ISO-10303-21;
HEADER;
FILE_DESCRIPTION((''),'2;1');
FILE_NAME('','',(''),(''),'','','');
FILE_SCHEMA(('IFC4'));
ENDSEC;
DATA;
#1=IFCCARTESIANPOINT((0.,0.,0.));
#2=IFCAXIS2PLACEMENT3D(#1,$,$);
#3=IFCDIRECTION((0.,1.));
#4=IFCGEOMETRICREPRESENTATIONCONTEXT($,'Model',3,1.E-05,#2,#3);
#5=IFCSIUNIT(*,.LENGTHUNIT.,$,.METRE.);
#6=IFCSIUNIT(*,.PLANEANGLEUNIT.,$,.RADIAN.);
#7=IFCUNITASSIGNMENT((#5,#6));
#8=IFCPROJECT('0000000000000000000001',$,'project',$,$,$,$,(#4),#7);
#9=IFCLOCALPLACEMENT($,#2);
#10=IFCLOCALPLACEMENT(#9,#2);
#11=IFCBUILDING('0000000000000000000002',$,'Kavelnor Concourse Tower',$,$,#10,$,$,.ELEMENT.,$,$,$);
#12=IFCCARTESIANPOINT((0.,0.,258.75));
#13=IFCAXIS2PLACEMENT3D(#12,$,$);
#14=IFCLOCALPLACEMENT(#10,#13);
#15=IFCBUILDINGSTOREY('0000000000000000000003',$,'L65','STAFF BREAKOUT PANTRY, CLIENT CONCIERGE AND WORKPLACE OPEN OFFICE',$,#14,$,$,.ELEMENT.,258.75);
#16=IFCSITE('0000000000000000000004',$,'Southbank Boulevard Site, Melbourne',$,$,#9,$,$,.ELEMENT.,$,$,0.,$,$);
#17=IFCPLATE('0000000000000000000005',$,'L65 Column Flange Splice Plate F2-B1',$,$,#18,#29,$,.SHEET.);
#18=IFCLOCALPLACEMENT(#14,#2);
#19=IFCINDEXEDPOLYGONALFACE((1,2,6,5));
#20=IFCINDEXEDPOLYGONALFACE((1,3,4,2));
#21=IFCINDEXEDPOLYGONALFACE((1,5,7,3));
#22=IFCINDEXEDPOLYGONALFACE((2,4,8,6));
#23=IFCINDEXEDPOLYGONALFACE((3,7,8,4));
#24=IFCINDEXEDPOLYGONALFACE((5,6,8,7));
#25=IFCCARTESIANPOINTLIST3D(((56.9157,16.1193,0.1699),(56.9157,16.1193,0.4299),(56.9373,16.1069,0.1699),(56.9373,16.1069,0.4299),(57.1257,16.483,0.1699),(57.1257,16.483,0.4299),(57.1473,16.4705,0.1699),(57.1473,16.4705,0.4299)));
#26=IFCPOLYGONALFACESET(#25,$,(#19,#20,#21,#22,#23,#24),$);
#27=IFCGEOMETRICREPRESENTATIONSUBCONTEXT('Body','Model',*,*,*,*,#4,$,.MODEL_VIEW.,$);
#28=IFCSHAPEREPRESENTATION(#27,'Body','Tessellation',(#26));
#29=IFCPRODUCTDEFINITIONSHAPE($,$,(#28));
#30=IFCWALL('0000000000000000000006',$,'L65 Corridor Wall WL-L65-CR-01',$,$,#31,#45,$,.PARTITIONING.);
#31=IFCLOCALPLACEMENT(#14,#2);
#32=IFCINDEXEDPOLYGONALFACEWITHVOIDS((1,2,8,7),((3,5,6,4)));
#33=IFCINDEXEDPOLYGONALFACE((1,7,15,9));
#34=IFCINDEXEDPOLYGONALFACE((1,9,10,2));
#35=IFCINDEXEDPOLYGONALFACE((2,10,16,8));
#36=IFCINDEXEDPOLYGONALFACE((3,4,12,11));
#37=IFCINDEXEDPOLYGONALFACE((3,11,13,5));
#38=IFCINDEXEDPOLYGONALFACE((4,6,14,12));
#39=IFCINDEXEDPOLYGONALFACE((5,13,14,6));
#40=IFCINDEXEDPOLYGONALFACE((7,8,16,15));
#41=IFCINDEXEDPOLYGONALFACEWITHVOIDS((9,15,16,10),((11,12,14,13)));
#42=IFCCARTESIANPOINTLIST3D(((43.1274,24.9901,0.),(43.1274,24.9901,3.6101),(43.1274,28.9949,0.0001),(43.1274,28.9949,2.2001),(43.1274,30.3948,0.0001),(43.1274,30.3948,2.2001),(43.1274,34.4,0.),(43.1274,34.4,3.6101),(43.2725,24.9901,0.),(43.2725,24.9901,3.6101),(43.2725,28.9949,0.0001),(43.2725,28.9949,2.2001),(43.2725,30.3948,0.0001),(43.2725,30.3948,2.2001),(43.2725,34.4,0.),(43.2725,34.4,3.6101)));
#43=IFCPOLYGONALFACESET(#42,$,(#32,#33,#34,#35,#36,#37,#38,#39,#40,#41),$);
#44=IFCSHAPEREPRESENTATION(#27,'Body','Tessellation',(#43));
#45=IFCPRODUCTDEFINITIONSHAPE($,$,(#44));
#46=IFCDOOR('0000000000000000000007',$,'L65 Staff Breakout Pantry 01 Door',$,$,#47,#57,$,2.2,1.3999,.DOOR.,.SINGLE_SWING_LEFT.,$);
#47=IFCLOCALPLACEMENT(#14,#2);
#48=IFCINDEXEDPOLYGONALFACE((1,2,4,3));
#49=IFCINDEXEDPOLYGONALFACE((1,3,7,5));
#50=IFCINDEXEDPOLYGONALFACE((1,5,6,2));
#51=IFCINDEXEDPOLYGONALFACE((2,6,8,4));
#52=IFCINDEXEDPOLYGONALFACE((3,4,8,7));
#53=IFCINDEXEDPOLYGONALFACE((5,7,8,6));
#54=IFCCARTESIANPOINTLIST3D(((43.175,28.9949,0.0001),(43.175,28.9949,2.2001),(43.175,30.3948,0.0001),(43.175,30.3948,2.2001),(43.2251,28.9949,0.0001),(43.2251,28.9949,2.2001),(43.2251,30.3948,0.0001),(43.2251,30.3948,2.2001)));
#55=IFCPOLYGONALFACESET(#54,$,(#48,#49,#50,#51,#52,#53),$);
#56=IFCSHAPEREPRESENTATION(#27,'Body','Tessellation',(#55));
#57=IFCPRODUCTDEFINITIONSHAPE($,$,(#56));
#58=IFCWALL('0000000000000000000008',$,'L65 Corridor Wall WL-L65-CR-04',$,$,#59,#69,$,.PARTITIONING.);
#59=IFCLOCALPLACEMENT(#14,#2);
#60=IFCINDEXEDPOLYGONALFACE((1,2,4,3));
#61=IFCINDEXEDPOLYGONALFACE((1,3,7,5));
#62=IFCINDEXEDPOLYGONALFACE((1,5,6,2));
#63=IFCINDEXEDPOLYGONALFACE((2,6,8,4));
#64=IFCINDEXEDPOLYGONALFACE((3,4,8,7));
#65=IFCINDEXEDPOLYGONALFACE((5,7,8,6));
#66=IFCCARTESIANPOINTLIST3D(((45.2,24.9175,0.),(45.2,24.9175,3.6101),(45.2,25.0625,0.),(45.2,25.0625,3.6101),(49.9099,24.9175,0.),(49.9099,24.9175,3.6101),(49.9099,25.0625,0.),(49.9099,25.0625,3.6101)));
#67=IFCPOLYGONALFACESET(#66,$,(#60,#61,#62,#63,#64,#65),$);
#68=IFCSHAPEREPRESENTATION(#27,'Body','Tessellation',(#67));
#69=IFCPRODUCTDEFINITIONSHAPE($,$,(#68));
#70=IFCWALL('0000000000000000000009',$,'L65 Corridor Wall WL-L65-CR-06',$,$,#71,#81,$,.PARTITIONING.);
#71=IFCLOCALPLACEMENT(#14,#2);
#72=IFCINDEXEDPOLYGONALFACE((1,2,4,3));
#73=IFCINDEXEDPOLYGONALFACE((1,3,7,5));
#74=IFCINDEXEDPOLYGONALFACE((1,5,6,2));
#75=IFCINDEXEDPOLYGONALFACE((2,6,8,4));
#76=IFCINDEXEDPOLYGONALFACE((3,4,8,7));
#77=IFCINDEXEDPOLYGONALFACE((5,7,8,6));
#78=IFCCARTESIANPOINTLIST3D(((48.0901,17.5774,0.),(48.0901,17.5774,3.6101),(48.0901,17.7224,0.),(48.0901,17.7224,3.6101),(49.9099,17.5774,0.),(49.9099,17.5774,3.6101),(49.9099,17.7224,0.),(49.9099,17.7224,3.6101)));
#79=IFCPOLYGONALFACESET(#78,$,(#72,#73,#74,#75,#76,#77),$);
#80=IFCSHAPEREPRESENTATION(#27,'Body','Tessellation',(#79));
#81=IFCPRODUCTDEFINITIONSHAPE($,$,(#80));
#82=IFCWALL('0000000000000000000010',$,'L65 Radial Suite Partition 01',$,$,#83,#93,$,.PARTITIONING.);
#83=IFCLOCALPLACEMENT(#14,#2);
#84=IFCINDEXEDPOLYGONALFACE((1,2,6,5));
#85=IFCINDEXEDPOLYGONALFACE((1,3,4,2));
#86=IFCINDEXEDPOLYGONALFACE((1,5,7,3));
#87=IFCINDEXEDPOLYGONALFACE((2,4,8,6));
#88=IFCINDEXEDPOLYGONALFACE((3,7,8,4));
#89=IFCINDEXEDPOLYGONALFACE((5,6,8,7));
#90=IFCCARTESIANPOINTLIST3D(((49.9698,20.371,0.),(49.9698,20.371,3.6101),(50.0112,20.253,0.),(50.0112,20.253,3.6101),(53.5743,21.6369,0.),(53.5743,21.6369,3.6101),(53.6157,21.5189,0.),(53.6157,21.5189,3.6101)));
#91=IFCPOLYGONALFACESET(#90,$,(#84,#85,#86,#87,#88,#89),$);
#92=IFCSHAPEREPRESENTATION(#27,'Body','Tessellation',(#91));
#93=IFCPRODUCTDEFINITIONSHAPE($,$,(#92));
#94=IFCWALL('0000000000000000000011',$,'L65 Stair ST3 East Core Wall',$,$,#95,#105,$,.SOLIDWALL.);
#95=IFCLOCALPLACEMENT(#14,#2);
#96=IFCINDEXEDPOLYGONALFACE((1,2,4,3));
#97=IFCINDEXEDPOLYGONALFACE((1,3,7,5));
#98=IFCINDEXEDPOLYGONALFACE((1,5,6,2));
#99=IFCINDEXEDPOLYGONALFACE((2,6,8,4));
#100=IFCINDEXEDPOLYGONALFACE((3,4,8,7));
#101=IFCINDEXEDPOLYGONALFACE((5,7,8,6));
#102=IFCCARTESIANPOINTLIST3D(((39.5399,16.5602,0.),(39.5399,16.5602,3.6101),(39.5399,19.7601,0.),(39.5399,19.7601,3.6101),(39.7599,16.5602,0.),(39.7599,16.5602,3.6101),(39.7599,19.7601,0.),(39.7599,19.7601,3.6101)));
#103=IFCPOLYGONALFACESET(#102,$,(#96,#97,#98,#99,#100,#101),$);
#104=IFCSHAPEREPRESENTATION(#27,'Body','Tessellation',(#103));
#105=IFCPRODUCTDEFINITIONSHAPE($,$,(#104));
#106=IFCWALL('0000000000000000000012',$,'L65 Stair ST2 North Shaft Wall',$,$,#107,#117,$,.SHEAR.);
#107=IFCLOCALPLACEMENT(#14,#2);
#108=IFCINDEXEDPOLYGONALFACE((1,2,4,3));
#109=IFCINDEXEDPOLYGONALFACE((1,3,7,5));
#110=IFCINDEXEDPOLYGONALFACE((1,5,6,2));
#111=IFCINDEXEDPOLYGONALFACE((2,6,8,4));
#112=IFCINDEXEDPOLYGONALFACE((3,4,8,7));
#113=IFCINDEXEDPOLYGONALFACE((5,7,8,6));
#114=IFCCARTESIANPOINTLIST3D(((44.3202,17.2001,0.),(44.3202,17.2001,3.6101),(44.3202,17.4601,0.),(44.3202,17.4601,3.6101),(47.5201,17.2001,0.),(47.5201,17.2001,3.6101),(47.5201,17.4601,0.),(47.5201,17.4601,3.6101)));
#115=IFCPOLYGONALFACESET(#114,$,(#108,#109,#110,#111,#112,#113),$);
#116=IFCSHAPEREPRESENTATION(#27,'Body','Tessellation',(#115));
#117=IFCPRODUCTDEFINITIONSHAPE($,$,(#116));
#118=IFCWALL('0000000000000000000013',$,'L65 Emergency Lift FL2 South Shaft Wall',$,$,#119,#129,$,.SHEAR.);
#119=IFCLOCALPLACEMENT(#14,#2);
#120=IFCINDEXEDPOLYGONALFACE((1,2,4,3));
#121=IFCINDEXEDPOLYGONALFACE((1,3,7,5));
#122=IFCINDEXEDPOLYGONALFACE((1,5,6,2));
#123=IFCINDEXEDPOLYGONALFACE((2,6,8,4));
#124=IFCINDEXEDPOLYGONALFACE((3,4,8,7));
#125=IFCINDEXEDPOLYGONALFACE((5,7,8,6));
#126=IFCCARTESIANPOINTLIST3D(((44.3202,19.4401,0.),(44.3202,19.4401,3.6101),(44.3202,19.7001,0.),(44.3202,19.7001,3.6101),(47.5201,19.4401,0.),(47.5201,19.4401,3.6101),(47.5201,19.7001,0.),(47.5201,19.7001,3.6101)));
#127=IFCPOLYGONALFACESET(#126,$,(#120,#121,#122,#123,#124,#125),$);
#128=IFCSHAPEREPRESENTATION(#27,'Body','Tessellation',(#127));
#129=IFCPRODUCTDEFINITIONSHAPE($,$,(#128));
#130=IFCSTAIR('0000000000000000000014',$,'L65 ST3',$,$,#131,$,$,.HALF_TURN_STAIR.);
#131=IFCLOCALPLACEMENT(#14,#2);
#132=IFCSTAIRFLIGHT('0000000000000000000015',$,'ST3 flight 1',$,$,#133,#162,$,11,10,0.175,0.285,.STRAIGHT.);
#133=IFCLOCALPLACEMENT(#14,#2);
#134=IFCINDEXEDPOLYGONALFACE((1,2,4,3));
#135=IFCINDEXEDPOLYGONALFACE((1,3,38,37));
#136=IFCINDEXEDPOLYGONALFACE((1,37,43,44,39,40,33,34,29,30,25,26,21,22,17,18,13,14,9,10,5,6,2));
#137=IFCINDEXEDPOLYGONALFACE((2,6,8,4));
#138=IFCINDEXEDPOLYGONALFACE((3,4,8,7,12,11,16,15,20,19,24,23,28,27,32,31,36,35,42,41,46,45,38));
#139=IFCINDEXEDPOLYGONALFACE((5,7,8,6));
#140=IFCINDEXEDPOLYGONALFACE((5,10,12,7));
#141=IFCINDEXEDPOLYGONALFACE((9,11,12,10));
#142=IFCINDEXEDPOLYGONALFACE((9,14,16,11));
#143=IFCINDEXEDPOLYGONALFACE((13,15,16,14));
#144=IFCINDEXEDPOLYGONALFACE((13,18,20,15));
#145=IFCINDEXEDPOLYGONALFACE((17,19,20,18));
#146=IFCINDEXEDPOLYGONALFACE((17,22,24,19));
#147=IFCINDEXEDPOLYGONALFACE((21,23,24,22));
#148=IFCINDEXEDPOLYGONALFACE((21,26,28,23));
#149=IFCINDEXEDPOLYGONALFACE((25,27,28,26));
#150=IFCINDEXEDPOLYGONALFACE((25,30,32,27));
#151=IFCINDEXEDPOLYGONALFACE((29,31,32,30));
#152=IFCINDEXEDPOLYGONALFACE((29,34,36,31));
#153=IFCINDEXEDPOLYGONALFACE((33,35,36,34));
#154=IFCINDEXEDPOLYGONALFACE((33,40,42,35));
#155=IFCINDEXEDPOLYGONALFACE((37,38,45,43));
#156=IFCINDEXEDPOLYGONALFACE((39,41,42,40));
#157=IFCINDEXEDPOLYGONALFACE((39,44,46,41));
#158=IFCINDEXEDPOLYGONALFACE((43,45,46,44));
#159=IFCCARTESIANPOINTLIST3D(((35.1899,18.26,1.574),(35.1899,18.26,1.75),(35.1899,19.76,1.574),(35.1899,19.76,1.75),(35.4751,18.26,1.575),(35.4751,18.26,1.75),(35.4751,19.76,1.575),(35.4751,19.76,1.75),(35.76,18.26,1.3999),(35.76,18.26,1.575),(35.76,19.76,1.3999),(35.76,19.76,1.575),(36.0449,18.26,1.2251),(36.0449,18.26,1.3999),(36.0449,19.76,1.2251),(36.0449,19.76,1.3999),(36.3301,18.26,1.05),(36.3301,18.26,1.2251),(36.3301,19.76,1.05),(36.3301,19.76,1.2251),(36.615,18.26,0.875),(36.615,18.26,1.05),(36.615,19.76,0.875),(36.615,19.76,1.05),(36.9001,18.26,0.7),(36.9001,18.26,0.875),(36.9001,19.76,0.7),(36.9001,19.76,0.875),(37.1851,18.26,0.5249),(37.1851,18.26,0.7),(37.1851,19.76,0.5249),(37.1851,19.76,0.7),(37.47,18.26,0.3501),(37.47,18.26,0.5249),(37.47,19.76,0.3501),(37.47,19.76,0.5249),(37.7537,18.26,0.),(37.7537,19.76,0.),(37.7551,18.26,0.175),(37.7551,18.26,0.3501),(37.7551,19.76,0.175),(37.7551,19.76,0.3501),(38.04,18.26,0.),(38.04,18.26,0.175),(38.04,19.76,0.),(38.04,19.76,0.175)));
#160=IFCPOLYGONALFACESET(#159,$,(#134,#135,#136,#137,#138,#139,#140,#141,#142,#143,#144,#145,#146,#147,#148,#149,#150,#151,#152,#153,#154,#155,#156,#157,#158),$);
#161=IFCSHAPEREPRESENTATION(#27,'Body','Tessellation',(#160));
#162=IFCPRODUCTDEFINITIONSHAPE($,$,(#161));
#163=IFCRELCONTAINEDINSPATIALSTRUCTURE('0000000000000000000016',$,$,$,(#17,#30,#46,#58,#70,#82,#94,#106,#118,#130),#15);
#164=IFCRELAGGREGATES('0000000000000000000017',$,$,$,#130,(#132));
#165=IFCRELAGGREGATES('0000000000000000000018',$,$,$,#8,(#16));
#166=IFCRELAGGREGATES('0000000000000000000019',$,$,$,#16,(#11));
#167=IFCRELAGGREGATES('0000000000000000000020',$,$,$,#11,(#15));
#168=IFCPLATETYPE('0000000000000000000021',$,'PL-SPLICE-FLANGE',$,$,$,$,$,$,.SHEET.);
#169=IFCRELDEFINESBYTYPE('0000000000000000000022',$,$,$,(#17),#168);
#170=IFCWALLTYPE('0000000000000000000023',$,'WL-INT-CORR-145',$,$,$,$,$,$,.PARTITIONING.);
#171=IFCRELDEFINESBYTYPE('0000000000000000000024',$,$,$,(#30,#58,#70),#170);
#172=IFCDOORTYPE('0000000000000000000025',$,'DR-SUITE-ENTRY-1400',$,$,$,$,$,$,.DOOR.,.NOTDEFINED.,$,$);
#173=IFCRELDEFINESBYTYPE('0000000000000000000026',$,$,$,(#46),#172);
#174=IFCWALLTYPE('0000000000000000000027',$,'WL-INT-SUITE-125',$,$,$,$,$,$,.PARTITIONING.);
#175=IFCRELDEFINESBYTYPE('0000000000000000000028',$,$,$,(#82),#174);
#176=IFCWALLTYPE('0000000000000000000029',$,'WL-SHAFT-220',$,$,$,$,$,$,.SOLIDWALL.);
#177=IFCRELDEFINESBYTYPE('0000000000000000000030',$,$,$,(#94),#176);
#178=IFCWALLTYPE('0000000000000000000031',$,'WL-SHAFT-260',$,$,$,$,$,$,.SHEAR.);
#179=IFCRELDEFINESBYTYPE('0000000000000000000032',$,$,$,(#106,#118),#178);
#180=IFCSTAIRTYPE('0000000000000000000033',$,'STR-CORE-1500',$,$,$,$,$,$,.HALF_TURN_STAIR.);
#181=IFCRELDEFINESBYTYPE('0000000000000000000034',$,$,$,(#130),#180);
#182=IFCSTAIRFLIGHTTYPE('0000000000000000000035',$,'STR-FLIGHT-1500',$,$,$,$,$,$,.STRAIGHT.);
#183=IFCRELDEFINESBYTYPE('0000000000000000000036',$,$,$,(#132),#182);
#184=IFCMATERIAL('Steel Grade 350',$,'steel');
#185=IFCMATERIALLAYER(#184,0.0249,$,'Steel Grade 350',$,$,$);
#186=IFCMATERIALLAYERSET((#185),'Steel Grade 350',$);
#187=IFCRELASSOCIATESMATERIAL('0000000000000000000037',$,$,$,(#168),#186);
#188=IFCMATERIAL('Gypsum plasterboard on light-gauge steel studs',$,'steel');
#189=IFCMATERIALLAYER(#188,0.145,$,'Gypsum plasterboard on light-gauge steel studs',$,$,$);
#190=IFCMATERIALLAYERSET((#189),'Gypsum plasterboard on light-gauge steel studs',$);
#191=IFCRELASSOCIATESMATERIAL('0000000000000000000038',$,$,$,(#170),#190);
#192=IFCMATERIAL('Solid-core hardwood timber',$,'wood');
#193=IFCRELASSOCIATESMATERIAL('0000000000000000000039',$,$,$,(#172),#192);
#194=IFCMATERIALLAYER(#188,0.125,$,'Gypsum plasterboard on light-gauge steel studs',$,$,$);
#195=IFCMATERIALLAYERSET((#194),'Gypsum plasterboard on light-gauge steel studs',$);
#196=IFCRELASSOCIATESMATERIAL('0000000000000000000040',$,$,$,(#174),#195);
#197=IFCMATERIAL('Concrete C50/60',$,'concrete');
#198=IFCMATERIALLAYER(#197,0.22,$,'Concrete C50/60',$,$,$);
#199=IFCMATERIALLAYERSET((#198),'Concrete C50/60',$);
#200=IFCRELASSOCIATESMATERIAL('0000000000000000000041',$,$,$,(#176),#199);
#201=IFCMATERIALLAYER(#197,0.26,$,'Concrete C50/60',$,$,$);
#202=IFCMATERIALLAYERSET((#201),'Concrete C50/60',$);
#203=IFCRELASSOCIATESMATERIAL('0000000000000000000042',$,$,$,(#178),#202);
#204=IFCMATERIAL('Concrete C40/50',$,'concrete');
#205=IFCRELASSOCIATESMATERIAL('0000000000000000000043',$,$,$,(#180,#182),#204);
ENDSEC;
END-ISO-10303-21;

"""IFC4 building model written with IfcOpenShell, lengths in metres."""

from ifc_helpers import new_model, si_unit, direction, frame, frame_2d, origin, origin_2d, place, context, subcontext, project, spatial, polyline, rectangle, outline, extrude, material, layer, layer_set, type_object, element, fill, aggregate, save


model = new_model("IFC4")

# Units and contexts
model_context = context("Model", 3, precision=1e-05, world=origin(), true_north=direction((0.0, 1.0)))
body_context = subcontext(model_context, "Body", "Model", "MODEL_VIEW")
ifc_project = project(units=[si_unit("LENGTHUNIT", "METRE"), si_unit("PLANEANGLEUNIT", "RADIAN")], contexts=[model_context])

# Site, building, storey
site_placement = place(None, origin())
site = spatial("IfcSite", under=ifc_project, at=site_placement, Name="Southbank Boulevard Site, Melbourne", CompositionType="ELEMENT", RefElevation=0.0)
building_placement = place(site_placement, origin())
building = spatial("IfcBuilding", under=site, at=building_placement, Name="Kavelnor Concourse Tower", CompositionType="ELEMENT")
storey_placement = place(building_placement, frame((0.0, 0.0, 258.75)))
storey = spatial("IfcBuildingStorey", under=building, at=storey_placement, Name="L65", Description="STAFF BREAKOUT PANTRY, CLIENT CONCIERGE AND WORKPLACE OPEN OFFICE", CompositionType="ELEMENT", Elevation=258.75)

# Shared definitions
ifc_material_1 = material(Name="Steel Grade 350", Category="steel")

# Plate
ifc_layer_1 = layer(ifc_material_1, 0.0249, Name="Steel Grade 350")
ifc_layer_set_1 = layer_set([ifc_layer_1], Name="Steel Grade 350")
plate_type_1 = type_object("IfcPlateType", Name="PL-SPLICE-FLANGE", PredefinedType="SHEET", material=ifc_layer_set_1)
plate_1_placement = place(storey_placement, frame((57.0315, 16.2949, 0.1699), z_axis=(0.0, 0.0, 1.0), x_axis=(-0.5, -0.866025, 0.0)))
element("IfcPlate", 1, at=plate_1_placement, inside=storey, type_object=plate_type_1, Name="L65 Column Flange Splice Plate F2-B1", PredefinedType="SHEET", context=body_context, shape_type="SweptSolid", body=[
    extrude(rectangle(XDim=0.4199, YDim=0.0249, at=origin_2d()), origin(), (0.0, 0.0, 1.0), 0.26),
])

# Wall, opening, door
ifc_material_2 = material(Name="Gypsum plasterboard on light-gauge steel studs", Category="steel")
ifc_layer_2 = layer(ifc_material_2, 0.145, Name="Gypsum plasterboard on light-gauge steel studs")
ifc_layer_set_2 = layer_set([ifc_layer_2], Name="Gypsum plasterboard on light-gauge steel studs")
wall_type_1 = type_object("IfcWallType", Name="WL-INT-CORR-145", PredefinedType="PARTITIONING", material=ifc_layer_set_2)
wall_1_placement = place(storey_placement, frame((43.2, 24.99, 0.0), z_axis=(0.0, 0.0, 1.0), x_axis=(0.0, 1.0, 0.0)))
wall_1 = element("IfcWall", 2, at=wall_1_placement, inside=storey, type_object=wall_type_1, Name="L65 Corridor Wall WL-L65-CR-01", PredefinedType="PARTITIONING", context=body_context, shape_type="SweptSolid", body=[
    extrude(rectangle(XDim=9.4099, YDim=0.145, at=frame_2d((4.7051, 0.0))), origin(), (0.0, 0.0, 1.0), 3.6101),
])
opening_placement = place(wall_1_placement, frame((4.0049, 0.0, 0.0)))
opening = element("IfcOpeningElement", 3, at=opening_placement, cuts=wall_1, PredefinedType="OPENING", context=body_context, shape_type="SweptSolid", body=[
    extrude(rectangle(XDim=1.3999, YDim=2.2, at=frame_2d((0.7, 1.1001))), frame((0.0, 0.0825, 0.0), z_axis=(0.0, -1.0, 0.0), x_axis=(1.0, 0.0, 0.0)), (0.0, 0.0, 1.0), 0.165),
])
ifc_material_3 = material(Name="Solid-core hardwood timber", Category="wood")
door_type = type_object("IfcDoorType", Name="DR-SUITE-ENTRY-1400", OperationType="NOTDEFINED", PredefinedType="DOOR", material=ifc_material_3)
door_placement = place(opening_placement, origin())
door = element("IfcDoor", 4, at=door_placement, inside=storey, type_object=door_type, Name="L65 Staff Breakout Pantry 01 Door", OperationType="SINGLE_SWING_LEFT", OverallHeight=2.2, OverallWidth=1.3999, PredefinedType="DOOR", context=body_context, shape_type="SweptSolid", body=[
    extrude(rectangle(XDim=1.3999, YDim=2.2, at=frame_2d((0.7, 1.1001))), frame((0.0, 0.0249, 0.0), z_axis=(0.0, -1.0, 0.0), x_axis=(1.0, 0.0, 0.0)), (0.0, 0.0, 1.0), 0.05),
])
fill(opening, door)

# Walls
wall_2_placement = place(storey_placement, frame((45.2, 24.99, 0.0), z_axis=(0.0, 0.0, 1.0), x_axis=(1.0, 0.0, 0.0)))
element("IfcWall", 5, at=wall_2_placement, inside=storey, type_object=wall_type_1, Name="L65 Corridor Wall WL-L65-CR-04", PredefinedType="PARTITIONING", context=body_context, shape_type="SweptSolid", body=[
    extrude(rectangle(XDim=4.71, YDim=0.145, at=frame_2d((2.355, 0.0))), origin(), (0.0, 0.0, 1.0), 3.6101),
])
wall_3_placement = place(storey_placement, frame((49.9099, 17.6499, 0.0), z_axis=(0.0, 0.0, 1.0), x_axis=(-1.0, 0.0, 0.0)))
element("IfcWall", 6, at=wall_3_placement, inside=storey, type_object=wall_type_1, Name="L65 Corridor Wall WL-L65-CR-06", PredefinedType="PARTITIONING", context=body_context, shape_type="SweptSolid", body=[
    extrude(rectangle(XDim=1.8198, YDim=0.145, at=frame_2d((0.9099, 0.0))), origin(), (0.0, 0.0, 1.0), 3.6101),
])
ifc_layer_3 = layer(ifc_material_2, 0.125, Name="Gypsum plasterboard on light-gauge steel studs")
ifc_layer_set_3 = layer_set([ifc_layer_3], Name="Gypsum plasterboard on light-gauge steel studs")
wall_type_2 = type_object("IfcWallType", Name="WL-INT-SUITE-125", PredefinedType="PARTITIONING", material=ifc_layer_set_3)
wall_4_placement = place(storey_placement, frame((49.9905, 20.312, 0.0), z_axis=(0.0, 0.0, 1.0), x_axis=(0.943507, 0.331352, 0.0)))
element("IfcWall", 7, at=wall_4_placement, inside=storey, type_object=wall_type_2, Name="L65 Radial Suite Partition 01", PredefinedType="PARTITIONING", context=body_context, shape_type="SweptSolid", body=[
    extrude(rectangle(XDim=3.8203, YDim=0.125, at=frame_2d((1.9102, 0.0))), origin(), (0.0, 0.0, 1.0), 3.6101),
])
ifc_material_4 = material(Name="Concrete C50/60", Category="concrete")
ifc_layer_4 = layer(ifc_material_4, 0.22, Name="Concrete C50/60")
ifc_layer_set_4 = layer_set([ifc_layer_4], Name="Concrete C50/60")
wall_type_3 = type_object("IfcWallType", Name="WL-SHAFT-220", PredefinedType="SOLIDWALL", material=ifc_layer_set_4)
wall_5_placement = place(storey_placement, frame((39.6499, 16.5601, 0.0), z_axis=(0.0, 0.0, 1.0), x_axis=(0.0, 1.0, 0.0)))
element("IfcWall", 8, at=wall_5_placement, inside=storey, type_object=wall_type_3, Name="L65 Stair ST3 East Core Wall", PredefinedType="SOLIDWALL", context=body_context, shape_type="SweptSolid", body=[
    extrude(rectangle(XDim=3.2, YDim=0.22, at=frame_2d((1.6001, 0.0))), origin(), (0.0, 0.0, 1.0), 3.6101),
])
ifc_layer_5 = layer(ifc_material_4, 0.26, Name="Concrete C50/60")
ifc_layer_set_5 = layer_set([ifc_layer_5], Name="Concrete C50/60")
wall_type_4 = type_object("IfcWallType", Name="WL-SHAFT-260", PredefinedType="SHEAR", material=ifc_layer_set_5)
for number, where, z_axis, x_axis, name in (
    (9, (44.3201, 17.3301, 0.0), (0.0, 0.0, 1.0), (1.0, 0.0, 0.0), "L65 Stair ST2 North Shaft Wall"),
    (10, (44.3201, 19.5701, 0.0), (0.0, 0.0, 1.0), (1.0, 0.0, 0.0), "L65 Emergency Lift FL2 South Shaft Wall"),
):
    element("IfcWall", number, at=place(storey_placement, frame(where, z_axis=z_axis, x_axis=x_axis)), inside=storey, type_object=wall_type_4, Name=name, PredefinedType="SHEAR", context=body_context, shape_type="SweptSolid", body=[
        extrude(rectangle(XDim=3.2, YDim=0.26, at=frame_2d((1.6001, 0.0))), origin(), (0.0, 0.0, 1.0), 3.6101),
    ])

# Stair, stair flight
ifc_material_5 = material(Name="Concrete C40/50", Category="concrete")
stair_type = type_object("IfcStairType", Name="STR-CORE-1500", PredefinedType="HALF_TURN_STAIR", material=ifc_material_5)
stair_placement = place(storey_placement, origin())
stair = element("IfcStair", 11, at=stair_placement, inside=storey, type_object=stair_type, Name="L65 ST3", PredefinedType="HALF_TURN_STAIR")
stair_flight_type = type_object("IfcStairFlightType", Name="STR-FLIGHT-1500", PredefinedType="STRAIGHT", material=ifc_material_5)
stair_flight_placement = place(storey_placement, frame((38.04, 19.01, 0.0), z_axis=(0.0, 0.0, 1.0), x_axis=(-1.0, 0.0, 0.0)))
stair_flight = element("IfcStairFlight", 12, at=stair_flight_placement, type_object=stair_flight_type, Name="ST3 flight 1", NumberOfRisers=11, NumberOfTreads=10, PredefinedType="STRAIGHT", RiserHeight=0.175, TreadLength=0.285, context=body_context, shape_type="SweptSolid", body=[
    extrude(outline(polyline([(0.0, 0.0), (0.0, 0.175), (0.2849, 0.175), (0.2849, 0.3501), (0.5701, 0.3501), (0.5701, 0.5249), (0.855, 0.5249), (0.855, 0.7), (1.1399, 0.7), (1.1399, 0.875), (1.425, 0.875), (1.425, 1.05), (1.71, 1.05), (1.71, 1.2251), (1.9951, 1.2251), (1.9951, 1.3999), (2.28, 1.3999), (2.28, 1.575), (2.5649, 1.575), (2.5649, 1.75), (2.8501, 1.75), (2.8501, 1.925), (2.8501, 1.574), (0.2864, 0.0), (0.0, 0.0)])), frame((0.0, 0.75, 0.0), z_axis=(0.0, -1.0, 0.0), x_axis=(1.0, 0.0, 0.0)), (0.0, 0.0, 1.0), 1.5),
])
aggregate(stair, [stair_flight])

save(model, "model.ifc")
